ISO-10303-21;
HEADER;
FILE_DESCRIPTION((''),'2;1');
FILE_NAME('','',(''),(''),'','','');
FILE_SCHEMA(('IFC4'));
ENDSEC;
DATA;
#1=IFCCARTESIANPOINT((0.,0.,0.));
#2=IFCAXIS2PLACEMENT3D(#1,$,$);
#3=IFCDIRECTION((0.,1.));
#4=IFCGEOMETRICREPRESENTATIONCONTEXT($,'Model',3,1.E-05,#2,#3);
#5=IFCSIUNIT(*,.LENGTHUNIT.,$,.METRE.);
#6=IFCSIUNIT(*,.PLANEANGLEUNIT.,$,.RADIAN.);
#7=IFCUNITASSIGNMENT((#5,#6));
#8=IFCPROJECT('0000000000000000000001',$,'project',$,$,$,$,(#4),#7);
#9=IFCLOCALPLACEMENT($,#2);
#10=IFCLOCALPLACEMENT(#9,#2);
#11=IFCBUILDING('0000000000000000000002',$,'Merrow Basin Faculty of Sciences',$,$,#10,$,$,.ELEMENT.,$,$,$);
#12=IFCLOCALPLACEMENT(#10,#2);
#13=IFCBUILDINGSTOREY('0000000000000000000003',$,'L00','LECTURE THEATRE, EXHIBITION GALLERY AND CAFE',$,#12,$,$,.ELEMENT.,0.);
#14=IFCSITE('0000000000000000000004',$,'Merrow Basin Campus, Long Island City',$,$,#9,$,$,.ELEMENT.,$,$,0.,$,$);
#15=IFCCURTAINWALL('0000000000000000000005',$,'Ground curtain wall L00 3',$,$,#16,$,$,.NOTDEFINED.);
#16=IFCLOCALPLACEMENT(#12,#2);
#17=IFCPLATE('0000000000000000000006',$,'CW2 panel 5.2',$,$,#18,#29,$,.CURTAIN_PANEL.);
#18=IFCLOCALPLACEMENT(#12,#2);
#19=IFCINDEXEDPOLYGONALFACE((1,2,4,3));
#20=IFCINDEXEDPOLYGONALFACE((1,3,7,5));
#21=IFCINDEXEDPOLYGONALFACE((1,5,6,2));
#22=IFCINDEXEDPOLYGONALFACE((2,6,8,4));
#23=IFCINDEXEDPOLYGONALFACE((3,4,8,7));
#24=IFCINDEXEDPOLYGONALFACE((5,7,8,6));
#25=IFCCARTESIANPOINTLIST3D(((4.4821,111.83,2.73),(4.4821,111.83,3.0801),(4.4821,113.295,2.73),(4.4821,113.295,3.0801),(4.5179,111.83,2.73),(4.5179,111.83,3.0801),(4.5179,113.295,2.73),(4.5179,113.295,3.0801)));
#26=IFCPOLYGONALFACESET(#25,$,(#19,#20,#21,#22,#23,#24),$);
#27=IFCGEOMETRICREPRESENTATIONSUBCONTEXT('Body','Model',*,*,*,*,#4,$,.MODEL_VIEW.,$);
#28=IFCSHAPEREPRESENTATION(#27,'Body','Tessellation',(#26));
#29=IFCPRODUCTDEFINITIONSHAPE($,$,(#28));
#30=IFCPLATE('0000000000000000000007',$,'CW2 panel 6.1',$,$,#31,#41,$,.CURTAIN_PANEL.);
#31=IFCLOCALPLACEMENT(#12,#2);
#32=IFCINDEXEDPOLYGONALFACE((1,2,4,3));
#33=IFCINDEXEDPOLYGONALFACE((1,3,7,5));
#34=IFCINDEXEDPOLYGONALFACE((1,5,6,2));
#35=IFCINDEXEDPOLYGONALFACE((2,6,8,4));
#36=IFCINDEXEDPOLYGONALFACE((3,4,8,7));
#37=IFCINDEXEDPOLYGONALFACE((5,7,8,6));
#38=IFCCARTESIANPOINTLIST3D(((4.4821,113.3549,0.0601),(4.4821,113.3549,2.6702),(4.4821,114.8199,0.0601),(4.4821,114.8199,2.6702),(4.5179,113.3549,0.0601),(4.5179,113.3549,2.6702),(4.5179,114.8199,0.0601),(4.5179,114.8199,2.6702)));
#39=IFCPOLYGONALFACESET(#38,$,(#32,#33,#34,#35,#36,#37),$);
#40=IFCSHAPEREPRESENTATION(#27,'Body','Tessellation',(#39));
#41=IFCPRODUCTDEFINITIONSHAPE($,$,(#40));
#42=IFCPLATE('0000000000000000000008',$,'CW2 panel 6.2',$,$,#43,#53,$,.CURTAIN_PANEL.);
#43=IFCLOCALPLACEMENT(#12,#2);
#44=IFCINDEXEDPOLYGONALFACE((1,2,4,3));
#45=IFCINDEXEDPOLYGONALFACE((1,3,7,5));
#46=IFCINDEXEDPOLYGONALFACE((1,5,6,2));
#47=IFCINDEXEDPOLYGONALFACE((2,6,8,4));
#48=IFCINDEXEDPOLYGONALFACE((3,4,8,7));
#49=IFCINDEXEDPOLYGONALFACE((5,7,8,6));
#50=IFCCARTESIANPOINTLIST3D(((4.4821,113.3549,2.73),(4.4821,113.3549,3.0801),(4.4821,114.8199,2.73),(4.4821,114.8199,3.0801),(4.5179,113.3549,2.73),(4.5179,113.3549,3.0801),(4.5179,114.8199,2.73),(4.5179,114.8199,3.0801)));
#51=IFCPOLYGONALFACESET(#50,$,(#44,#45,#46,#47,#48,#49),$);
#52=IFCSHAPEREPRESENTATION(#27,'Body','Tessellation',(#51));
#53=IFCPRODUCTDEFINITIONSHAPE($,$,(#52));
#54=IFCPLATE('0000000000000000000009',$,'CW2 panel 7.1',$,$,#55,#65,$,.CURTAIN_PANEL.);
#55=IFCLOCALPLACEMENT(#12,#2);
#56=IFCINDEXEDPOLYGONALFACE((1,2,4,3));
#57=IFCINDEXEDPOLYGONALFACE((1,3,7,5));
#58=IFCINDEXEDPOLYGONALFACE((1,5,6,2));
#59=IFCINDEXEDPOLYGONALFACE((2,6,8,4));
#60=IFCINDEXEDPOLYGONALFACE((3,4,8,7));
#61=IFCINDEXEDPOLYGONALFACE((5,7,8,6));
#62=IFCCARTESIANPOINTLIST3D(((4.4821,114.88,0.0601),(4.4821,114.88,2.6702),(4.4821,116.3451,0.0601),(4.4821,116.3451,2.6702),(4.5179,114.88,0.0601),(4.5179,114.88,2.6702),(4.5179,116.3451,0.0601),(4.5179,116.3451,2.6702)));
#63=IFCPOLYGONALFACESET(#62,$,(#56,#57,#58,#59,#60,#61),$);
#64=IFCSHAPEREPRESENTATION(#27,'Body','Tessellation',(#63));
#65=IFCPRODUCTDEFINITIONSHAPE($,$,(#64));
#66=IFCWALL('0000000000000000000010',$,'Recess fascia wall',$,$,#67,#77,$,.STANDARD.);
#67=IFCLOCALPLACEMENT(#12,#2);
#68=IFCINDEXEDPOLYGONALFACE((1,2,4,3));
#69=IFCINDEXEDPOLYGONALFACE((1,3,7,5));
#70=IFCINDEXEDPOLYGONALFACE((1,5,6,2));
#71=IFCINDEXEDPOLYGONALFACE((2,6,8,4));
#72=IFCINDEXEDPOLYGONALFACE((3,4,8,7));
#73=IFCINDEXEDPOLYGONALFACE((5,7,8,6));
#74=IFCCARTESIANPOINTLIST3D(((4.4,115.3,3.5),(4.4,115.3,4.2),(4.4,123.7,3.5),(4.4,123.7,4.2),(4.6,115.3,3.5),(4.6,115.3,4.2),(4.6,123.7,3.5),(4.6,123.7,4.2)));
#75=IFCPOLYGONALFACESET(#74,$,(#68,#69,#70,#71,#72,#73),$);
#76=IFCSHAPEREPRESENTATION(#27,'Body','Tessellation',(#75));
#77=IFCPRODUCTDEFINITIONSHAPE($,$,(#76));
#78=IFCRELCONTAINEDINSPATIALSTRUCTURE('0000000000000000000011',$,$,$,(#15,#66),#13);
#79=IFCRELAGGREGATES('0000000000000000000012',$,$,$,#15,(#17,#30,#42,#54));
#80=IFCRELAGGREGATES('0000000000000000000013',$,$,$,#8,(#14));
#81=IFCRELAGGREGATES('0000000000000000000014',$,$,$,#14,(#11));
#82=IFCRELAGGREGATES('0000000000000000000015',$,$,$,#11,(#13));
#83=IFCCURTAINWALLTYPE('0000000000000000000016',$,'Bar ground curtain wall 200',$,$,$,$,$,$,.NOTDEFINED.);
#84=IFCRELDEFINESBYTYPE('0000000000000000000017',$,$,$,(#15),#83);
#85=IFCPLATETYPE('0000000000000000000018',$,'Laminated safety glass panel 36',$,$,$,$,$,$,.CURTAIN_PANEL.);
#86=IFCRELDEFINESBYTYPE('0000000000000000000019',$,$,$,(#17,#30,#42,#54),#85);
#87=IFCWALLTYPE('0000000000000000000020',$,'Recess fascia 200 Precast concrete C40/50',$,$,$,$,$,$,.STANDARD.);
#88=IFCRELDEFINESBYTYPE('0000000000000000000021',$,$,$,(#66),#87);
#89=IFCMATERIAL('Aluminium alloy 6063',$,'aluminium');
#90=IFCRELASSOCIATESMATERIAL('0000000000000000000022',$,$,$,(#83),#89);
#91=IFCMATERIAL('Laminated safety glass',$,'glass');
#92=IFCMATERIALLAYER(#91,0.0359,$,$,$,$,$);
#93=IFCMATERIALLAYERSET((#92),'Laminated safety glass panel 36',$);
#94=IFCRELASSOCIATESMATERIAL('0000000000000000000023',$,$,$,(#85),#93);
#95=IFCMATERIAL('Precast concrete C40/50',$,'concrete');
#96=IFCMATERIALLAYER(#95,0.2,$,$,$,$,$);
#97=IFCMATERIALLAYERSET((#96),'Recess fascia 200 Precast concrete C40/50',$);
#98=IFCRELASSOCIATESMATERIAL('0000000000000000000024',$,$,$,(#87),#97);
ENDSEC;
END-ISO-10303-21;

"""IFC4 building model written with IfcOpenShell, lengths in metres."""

from ifc_helpers import new_model, si_unit, direction, frame, frame_2d, origin, origin_2d, place, context, subcontext, project, spatial, rectangle, extrude, material, layer, layer_set, type_object, element, aggregate, save


model = new_model("IFC4")

# Units and contexts
model_context = context("Model", 3, precision=1e-05, world=origin(), true_north=direction((0.0, 1.0)))
body_context = subcontext(model_context, "Body", "Model", "MODEL_VIEW")
ifc_project = project(units=[si_unit("LENGTHUNIT", "METRE"), si_unit("PLANEANGLEUNIT", "RADIAN")], contexts=[model_context])

# Site, building, storey
site_placement = place(None, origin())
site = spatial("IfcSite", under=ifc_project, at=site_placement, Name="Merrow Basin Campus, Long Island City", CompositionType="ELEMENT", RefElevation=0.0)
building_placement = place(site_placement, origin())
building = spatial("IfcBuilding", under=site, at=building_placement, Name="Merrow Basin Faculty of Sciences", CompositionType="ELEMENT")
storey_placement = place(building_placement, origin())
storey = spatial("IfcBuildingStorey", under=building, at=storey_placement, Name="L00", Description="LECTURE THEATRE, EXHIBITION GALLERY AND CAFE", CompositionType="ELEMENT", Elevation=0.0)

# Curtain wall
ifc_material_1 = material(Name="Aluminium alloy 6063", Category="aluminium")
curtain_wall_type = type_object("IfcCurtainWallType", Name="Bar ground curtain wall 200", PredefinedType="NOTDEFINED", material=ifc_material_1)
curtain_wall_placement = place(storey_placement, origin())
curtain_wall = element("IfcCurtainWall", 1, at=curtain_wall_placement, inside=storey, type_object=curtain_wall_type, Name="Ground curtain wall L00 3", PredefinedType="NOTDEFINED")

# Plates
ifc_material_2 = material(Name="Laminated safety glass", Category="glass")
ifc_layer_1 = layer(ifc_material_2, 0.0359)
ifc_layer_set_1 = layer_set([ifc_layer_1], Name="Laminated safety glass panel 36")
plate_type = type_object("IfcPlateType", Name="Laminated safety glass panel 36", PredefinedType="CURTAIN_PANEL", material=ifc_layer_set_1)
plate_1_placement = place(storey_placement, frame((4.5, 112.5625, 2.73), z_axis=(0.0, 0.0, 1.0), x_axis=(0.0, 1.0, 0.0)))
plate_1 = element("IfcPlate", 2, at=plate_1_placement, type_object=plate_type, Name="CW2 panel 5.2", PredefinedType="CURTAIN_PANEL", context=body_context, shape_type="SweptSolid", body=[
    extrude(rectangle(XDim=1.4651, YDim=0.0359, at=origin_2d()), origin(), (0.0, 0.0, 1.0), 0.3501),
])
plate_2_placement = place(storey_placement, frame((4.5, 114.0874, 0.0601), z_axis=(0.0, 0.0, 1.0), x_axis=(0.0, 1.0, 0.0)))
plate_2 = element("IfcPlate", 3, at=plate_2_placement, type_object=plate_type, Name="CW2 panel 6.1", PredefinedType="CURTAIN_PANEL", context=body_context, shape_type="SweptSolid", body=[
    extrude(rectangle(XDim=1.4651, YDim=0.0359, at=origin_2d()), origin(), (0.0, 0.0, 1.0), 2.6101),
])
plate_3_placement = place(storey_placement, frame((4.5, 114.0874, 2.73), z_axis=(0.0, 0.0, 1.0), x_axis=(0.0, 1.0, 0.0)))
plate_3 = element("IfcPlate", 4, at=plate_3_placement, type_object=plate_type, Name="CW2 panel 6.2", PredefinedType="CURTAIN_PANEL", context=body_context, shape_type="SweptSolid", body=[
    extrude(rectangle(XDim=1.4651, YDim=0.0359, at=origin_2d()), origin(), (0.0, 0.0, 1.0), 0.3501),
])
plate_4_placement = place(storey_placement, frame((4.5, 115.6125, 0.0601), z_axis=(0.0, 0.0, 1.0), x_axis=(0.0, 1.0, 0.0)))
plate_4 = element("IfcPlate", 5, at=plate_4_placement, type_object=plate_type, Name="CW2 panel 7.1", PredefinedType="CURTAIN_PANEL", context=body_context, shape_type="SweptSolid", body=[
    extrude(rectangle(XDim=1.4651, YDim=0.0359, at=origin_2d()), origin(), (0.0, 0.0, 1.0), 2.6101),
])
aggregate(curtain_wall, [plate_1, plate_2, plate_3, plate_4])

# Wall
ifc_material_3 = material(Name="Precast concrete C40/50", Category="concrete")
ifc_layer_2 = layer(ifc_material_3, 0.2)
ifc_layer_set_2 = layer_set([ifc_layer_2], Name="Recess fascia 200 Precast concrete C40/50")
wall_type = type_object("IfcWallType", Name="Recess fascia 200 Precast concrete C40/50", PredefinedType="STANDARD", material=ifc_layer_set_2)
wall_placement = place(storey_placement, frame((4.5, 115.3, 3.5), z_axis=(0.0, 0.0, 1.0), x_axis=(0.0, 1.0, 0.0)))
element("IfcWall", 6, at=wall_placement, inside=storey, type_object=wall_type, Name="Recess fascia wall", PredefinedType="STANDARD", context=body_context, shape_type="SweptSolid", body=[
    extrude(rectangle(XDim=8.3999, YDim=0.2, at=frame_2d((4.2, 0.0))), origin(), (0.0, 0.0, 1.0), 0.7),
])

save(model, "model.ifc")
